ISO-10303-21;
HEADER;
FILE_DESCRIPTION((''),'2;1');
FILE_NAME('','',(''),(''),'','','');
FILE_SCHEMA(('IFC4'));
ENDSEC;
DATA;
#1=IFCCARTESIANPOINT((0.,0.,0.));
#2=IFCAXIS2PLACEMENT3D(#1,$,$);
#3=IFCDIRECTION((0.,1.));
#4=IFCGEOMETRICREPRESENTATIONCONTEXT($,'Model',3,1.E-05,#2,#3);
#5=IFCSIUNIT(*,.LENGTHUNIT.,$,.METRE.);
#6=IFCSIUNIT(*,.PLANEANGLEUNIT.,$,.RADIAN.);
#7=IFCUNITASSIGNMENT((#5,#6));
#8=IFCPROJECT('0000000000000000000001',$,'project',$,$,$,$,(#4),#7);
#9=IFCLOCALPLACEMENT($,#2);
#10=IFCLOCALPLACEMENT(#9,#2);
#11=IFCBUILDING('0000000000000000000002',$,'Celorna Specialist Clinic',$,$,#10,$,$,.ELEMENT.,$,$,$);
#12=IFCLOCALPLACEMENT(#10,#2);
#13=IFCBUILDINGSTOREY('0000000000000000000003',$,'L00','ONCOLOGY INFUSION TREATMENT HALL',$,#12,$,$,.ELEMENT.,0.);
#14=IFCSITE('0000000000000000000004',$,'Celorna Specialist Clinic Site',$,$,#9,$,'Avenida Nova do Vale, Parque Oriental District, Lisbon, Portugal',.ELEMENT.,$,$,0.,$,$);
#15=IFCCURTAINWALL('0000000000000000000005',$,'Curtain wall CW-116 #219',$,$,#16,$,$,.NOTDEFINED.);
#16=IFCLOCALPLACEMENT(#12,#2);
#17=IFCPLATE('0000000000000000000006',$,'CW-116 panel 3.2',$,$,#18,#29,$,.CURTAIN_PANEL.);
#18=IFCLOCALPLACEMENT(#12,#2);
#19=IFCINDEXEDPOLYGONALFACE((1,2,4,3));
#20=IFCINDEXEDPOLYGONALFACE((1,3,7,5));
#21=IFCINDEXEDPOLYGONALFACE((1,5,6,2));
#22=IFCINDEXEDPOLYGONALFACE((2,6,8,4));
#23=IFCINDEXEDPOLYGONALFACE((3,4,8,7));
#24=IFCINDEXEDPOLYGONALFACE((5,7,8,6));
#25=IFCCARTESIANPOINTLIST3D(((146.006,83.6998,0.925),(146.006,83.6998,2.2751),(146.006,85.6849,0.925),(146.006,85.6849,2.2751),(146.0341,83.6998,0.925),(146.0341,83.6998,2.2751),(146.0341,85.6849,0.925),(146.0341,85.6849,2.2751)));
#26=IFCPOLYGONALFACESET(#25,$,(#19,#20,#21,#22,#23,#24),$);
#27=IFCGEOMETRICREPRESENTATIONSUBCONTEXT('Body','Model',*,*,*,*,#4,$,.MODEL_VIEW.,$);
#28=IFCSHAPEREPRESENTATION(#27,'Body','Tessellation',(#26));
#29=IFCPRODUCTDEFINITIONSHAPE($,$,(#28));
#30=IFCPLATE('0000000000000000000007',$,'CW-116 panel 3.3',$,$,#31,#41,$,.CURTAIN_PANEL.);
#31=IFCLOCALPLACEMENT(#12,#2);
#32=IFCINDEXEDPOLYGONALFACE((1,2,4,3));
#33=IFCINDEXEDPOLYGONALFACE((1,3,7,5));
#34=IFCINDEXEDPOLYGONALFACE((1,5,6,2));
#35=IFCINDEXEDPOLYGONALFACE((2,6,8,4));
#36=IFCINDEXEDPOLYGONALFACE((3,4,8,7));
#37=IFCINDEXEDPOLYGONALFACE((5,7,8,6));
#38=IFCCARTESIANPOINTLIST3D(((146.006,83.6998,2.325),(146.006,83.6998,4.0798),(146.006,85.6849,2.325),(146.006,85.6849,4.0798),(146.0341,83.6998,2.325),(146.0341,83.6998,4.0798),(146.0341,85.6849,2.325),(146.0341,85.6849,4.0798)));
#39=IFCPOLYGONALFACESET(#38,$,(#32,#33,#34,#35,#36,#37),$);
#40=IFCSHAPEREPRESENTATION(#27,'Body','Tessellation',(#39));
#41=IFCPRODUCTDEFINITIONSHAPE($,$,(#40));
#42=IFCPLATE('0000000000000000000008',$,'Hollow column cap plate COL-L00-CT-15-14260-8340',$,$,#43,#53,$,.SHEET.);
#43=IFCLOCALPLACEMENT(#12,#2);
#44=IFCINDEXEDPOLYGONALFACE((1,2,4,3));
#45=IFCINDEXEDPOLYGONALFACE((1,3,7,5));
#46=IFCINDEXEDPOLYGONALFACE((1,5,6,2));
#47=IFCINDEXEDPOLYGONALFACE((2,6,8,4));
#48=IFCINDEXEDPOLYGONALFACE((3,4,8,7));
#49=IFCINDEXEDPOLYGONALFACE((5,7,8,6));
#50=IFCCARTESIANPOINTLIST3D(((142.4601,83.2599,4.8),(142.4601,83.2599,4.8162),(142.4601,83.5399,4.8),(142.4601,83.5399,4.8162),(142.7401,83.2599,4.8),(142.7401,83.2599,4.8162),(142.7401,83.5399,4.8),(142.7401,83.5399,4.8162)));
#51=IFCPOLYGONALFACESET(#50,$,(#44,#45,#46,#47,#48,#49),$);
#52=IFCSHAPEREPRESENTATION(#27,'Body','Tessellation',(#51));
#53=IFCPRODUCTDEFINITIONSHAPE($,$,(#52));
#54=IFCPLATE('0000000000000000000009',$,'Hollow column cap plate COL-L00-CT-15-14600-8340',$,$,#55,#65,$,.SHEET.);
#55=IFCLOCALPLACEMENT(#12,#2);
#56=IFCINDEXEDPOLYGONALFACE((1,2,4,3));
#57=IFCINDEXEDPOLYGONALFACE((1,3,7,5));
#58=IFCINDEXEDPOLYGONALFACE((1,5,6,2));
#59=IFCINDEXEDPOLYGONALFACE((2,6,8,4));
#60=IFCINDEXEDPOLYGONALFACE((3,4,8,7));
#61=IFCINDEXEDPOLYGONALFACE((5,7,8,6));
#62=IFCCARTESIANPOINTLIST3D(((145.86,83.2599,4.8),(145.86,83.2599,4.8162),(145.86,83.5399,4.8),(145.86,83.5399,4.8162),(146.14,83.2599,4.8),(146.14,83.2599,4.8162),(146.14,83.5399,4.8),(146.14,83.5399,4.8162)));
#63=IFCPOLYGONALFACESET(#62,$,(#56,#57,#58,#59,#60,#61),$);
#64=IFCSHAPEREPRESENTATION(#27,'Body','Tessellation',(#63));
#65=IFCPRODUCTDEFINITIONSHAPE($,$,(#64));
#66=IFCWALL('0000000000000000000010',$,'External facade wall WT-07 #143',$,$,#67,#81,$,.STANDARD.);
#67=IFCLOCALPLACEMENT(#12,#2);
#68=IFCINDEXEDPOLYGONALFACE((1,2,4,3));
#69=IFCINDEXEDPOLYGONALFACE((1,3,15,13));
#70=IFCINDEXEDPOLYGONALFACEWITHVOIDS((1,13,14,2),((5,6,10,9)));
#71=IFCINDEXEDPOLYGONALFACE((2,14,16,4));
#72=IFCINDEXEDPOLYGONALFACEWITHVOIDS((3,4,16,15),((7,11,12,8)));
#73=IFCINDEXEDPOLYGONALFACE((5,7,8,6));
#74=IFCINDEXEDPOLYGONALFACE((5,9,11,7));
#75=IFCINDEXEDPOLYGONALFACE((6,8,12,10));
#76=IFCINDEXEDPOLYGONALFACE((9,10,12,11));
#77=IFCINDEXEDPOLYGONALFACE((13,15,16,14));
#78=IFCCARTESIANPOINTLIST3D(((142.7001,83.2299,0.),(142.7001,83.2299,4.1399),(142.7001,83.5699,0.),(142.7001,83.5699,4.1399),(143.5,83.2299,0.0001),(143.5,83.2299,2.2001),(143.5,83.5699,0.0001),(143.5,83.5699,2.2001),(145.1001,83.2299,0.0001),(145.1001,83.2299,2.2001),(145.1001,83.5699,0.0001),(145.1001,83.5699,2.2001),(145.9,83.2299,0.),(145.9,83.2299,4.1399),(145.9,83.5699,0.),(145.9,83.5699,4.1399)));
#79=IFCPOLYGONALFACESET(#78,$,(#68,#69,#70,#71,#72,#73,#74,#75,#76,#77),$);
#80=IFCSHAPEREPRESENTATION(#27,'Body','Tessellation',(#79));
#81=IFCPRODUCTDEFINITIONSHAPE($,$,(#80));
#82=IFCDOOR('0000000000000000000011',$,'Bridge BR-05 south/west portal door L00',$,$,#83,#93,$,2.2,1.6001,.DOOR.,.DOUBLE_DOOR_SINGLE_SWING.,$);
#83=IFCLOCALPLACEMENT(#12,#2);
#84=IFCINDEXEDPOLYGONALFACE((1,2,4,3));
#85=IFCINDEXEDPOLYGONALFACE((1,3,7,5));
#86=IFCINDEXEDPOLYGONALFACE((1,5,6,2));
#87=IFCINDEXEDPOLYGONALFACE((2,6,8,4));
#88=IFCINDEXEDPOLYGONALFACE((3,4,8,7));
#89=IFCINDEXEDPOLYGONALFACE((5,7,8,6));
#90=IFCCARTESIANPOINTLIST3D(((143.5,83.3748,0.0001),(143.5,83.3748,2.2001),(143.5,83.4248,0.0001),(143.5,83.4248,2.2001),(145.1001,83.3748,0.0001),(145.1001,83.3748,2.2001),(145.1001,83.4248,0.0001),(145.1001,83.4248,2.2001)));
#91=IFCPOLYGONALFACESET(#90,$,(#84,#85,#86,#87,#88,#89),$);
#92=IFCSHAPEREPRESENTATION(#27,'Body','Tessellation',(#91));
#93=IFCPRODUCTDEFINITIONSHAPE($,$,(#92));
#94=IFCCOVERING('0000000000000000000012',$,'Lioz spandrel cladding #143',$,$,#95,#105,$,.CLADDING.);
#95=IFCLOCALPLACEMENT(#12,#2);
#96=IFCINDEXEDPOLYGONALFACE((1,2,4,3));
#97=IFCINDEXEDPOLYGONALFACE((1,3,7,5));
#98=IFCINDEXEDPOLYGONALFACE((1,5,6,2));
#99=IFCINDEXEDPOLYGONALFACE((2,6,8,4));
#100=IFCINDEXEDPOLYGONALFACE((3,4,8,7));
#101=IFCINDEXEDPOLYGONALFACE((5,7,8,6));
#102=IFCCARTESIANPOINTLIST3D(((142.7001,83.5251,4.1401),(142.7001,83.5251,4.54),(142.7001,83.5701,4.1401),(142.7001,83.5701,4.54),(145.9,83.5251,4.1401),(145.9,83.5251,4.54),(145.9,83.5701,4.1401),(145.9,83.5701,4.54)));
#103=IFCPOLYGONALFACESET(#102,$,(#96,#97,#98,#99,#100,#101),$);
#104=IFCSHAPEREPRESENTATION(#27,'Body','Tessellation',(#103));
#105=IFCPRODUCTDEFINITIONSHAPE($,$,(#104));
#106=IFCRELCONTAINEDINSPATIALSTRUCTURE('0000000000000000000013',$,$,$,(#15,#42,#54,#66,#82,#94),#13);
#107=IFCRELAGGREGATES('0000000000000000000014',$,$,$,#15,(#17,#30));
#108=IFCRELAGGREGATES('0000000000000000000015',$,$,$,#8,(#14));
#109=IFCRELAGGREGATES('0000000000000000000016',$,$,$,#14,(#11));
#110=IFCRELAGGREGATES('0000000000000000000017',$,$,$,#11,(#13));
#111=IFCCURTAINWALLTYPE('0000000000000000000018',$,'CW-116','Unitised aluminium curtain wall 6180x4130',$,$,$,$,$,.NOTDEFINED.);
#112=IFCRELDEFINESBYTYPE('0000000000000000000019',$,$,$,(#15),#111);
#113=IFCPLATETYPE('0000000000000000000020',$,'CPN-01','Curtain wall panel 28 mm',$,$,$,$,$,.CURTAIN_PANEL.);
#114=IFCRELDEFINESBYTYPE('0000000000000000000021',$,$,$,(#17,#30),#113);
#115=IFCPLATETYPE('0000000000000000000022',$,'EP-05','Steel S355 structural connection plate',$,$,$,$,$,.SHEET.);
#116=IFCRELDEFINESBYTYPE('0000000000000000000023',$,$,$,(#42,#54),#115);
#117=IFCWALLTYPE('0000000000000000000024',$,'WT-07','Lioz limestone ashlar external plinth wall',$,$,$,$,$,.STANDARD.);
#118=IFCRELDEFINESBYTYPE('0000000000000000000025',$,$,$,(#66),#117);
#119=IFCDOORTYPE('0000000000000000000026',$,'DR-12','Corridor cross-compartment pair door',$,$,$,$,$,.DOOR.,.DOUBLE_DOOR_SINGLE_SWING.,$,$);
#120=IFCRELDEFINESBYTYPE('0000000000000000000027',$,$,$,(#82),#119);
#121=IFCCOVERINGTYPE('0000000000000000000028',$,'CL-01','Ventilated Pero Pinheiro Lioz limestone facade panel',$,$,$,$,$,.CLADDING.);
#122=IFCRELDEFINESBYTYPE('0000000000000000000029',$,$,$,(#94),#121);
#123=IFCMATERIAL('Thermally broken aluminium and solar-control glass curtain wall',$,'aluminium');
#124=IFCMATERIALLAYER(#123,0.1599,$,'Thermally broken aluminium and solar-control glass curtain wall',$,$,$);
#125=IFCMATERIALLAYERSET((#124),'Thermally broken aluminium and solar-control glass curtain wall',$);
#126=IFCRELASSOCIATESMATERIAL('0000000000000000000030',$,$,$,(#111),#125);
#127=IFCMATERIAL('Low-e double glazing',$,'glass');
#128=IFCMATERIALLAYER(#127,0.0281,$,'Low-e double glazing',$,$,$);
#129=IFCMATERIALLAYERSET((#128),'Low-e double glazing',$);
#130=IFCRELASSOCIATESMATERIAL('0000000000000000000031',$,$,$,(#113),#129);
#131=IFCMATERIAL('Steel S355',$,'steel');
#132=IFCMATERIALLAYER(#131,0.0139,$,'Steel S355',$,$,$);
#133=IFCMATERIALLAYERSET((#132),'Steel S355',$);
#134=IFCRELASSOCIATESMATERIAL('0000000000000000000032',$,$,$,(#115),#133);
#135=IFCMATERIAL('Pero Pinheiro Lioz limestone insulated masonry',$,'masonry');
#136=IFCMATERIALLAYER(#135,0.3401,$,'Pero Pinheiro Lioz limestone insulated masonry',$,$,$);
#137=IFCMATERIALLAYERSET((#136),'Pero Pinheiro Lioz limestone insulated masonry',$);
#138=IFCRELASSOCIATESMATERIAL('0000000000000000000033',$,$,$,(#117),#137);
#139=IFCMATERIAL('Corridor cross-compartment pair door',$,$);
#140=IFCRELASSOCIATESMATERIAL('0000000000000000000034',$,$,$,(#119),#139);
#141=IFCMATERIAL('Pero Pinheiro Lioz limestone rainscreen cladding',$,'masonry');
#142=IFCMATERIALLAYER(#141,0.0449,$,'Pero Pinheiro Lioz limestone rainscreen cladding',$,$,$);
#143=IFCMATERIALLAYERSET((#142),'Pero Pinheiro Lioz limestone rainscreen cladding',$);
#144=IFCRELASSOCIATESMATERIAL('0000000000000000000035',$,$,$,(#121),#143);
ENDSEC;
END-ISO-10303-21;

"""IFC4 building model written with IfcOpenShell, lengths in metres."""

from ifc_helpers import new_model, si_unit, direction, frame, frame_2d, origin, origin_2d, place, context, subcontext, project, spatial, rectangle, extrude, material, layer, layer_set, type_object, element, fill, aggregate, save


model = new_model("IFC4")

# Units and contexts
model_context = context("Model", 3, precision=1e-05, world=origin(), true_north=direction((0.0, 1.0)))
body_context = subcontext(model_context, "Body", "Model", "MODEL_VIEW")
ifc_project = project(units=[si_unit("LENGTHUNIT", "METRE"), si_unit("PLANEANGLEUNIT", "RADIAN")], contexts=[model_context])

# Site, building, storey
site_placement = place(None, origin())
site = spatial("IfcSite", under=ifc_project, at=site_placement, Name="Celorna Specialist Clinic Site", LongName="Avenida Nova do Vale, Parque Oriental District, Lisbon, Portugal", CompositionType="ELEMENT", RefElevation=0.0)
building_placement = place(site_placement, origin())
building = spatial("IfcBuilding", under=site, at=building_placement, Name="Celorna Specialist Clinic", CompositionType="ELEMENT")
storey_placement = place(building_placement, origin())
storey = spatial("IfcBuildingStorey", under=building, at=storey_placement, Name="L00", Description="ONCOLOGY INFUSION TREATMENT HALL", CompositionType="ELEMENT", Elevation=0.0)

# Shared definitions
ifc_material_1 = material(Name="Steel S355", Category="steel")

# Shared definitions
ifc_material_2 = material(Name="Thermally broken aluminium and solar-control glass curtain wall", Category="aluminium")
ifc_layer_1 = layer(ifc_material_2, 0.1599, Name="Thermally broken aluminium and solar-control glass curtain wall")
ifc_layer_set_1 = layer_set([ifc_layer_1], Name="Thermally broken aluminium and solar-control glass curtain wall")
curtain_wall_type = type_object("IfcCurtainWallType", Name="CW-116", Description="Unitised aluminium curtain wall 6180x4130", PredefinedType="NOTDEFINED", material=ifc_layer_set_1)

# Curtain wall
curtain_wall_1_placement = place(storey_placement, origin())
curtain_wall_1 = element("IfcCurtainWall", 1, at=curtain_wall_1_placement, inside=storey, type_object=curtain_wall_type, Name="Curtain wall CW-116 #219", PredefinedType="NOTDEFINED")

# Plates
ifc_material_3 = material(Name="Low-e double glazing", Category="glass")
ifc_layer_2 = layer(ifc_material_3, 0.0281, Name="Low-e double glazing")
ifc_layer_set_2 = layer_set([ifc_layer_2], Name="Low-e double glazing")
plate_type_1 = type_object("IfcPlateType", Name="CPN-01", Description="Curtain wall panel 28 mm", PredefinedType="CURTAIN_PANEL", material=ifc_layer_set_2)
plate_1_placement = place(storey_placement, frame((146.02, 84.6924, 0.925), z_axis=(0.0, 0.0, 1.0), x_axis=(0.0, -1.0, 0.0)))
plate_1 = element("IfcPlate", 2, at=plate_1_placement, type_object=plate_type_1, Name="CW-116 panel 3.2", PredefinedType="CURTAIN_PANEL", context=body_context, shape_type="SweptSolid", body=[
    extrude(rectangle(XDim=1.9851, YDim=0.0281, at=origin_2d()), origin(), (0.0, 0.0, 1.0), 1.3501),
])
plate_2_placement = place(storey_placement, frame((146.02, 84.6924, 2.325), z_axis=(0.0, 0.0, 1.0), x_axis=(0.0, -1.0, 0.0)))
plate_2 = element("IfcPlate", 3, at=plate_2_placement, type_object=plate_type_1, Name="CW-116 panel 3.3", PredefinedType="CURTAIN_PANEL", context=body_context, shape_type="SweptSolid", body=[
    extrude(rectangle(XDim=1.9851, YDim=0.0281, at=origin_2d()), origin(), (0.0, 0.0, 1.0), 1.7549),
])
aggregate(curtain_wall_1, [plate_1, plate_2])

# Plates
ifc_layer_3 = layer(ifc_material_1, 0.0139, Name="Steel S355")
ifc_layer_set_3 = layer_set([ifc_layer_3], Name="Steel S355")
plate_type_2 = type_object("IfcPlateType", Name="EP-05", Description="Steel S355 structural connection plate", PredefinedType="SHEET", material=ifc_layer_set_3)
for number, where, z_axis, x_axis, name in (
    (4, (142.6001, 83.3999, 4.8), (0.0, 0.0, 1.0), (1.0, 0.0, 0.0), "Hollow column cap plate COL-L00-CT-15-14260-8340"),
    (5, (146.0, 83.3999, 4.8), (0.0, 0.0, 1.0), (1.0, 0.0, 0.0), "Hollow column cap plate COL-L00-CT-15-14600-8340"),
):
    element("IfcPlate", number, at=place(storey_placement, frame(where, z_axis=z_axis, x_axis=x_axis)), inside=storey, type_object=plate_type_2, Name=name, PredefinedType="SHEET", context=body_context, shape_type="SweptSolid", body=[
        extrude(rectangle(XDim=0.28, YDim=0.28, at=origin_2d()), origin(), (0.0, 0.0, 1.0), 0.0161),
    ])

# Wall, opening, door
ifc_material_4 = material(Name="Pero Pinheiro Lioz limestone insulated masonry", Category="masonry")
ifc_layer_4 = layer(ifc_material_4, 0.3401, Name="Pero Pinheiro Lioz limestone insulated masonry")
ifc_layer_set_4 = layer_set([ifc_layer_4], Name="Pero Pinheiro Lioz limestone insulated masonry")
wall_type = type_object("IfcWallType", Name="WT-07", Description="Lioz limestone ashlar external plinth wall", PredefinedType="STANDARD", material=ifc_layer_set_4)
wall_placement = place(storey_placement, frame((142.7, 83.3999, 0.0), z_axis=(0.0, 0.0, 1.0), x_axis=(1.0, 0.0, 0.0)))
wall = element("IfcWall", 6, at=wall_placement, inside=storey, type_object=wall_type, Name="External facade wall WT-07 #143", PredefinedType="STANDARD", context=body_context, shape_type="SweptSolid", body=[
    extrude(rectangle(XDim=3.2, YDim=0.3401, at=frame_2d((1.6001, 0.0))), origin(), (0.0, 0.0, 1.0), 4.1399),
])
opening_placement = place(wall_placement, frame((0.8, 0.0, 0.0)))
opening = element("IfcOpeningElement", 7, at=opening_placement, cuts=wall, PredefinedType="OPENING", context=body_context, shape_type="SweptSolid", body=[
    extrude(rectangle(XDim=1.6001, YDim=2.2, at=frame_2d((0.8, 1.1001))), frame((0.0, 0.1799, 0.0), z_axis=(0.0, -1.0, 0.0), x_axis=(1.0, 0.0, 0.0)), (0.0, 0.0, 1.0), 0.3601),
])
ifc_material_5 = material(Name="Corridor cross-compartment pair door")
door_type = type_object("IfcDoorType", Name="DR-12", Description="Corridor cross-compartment pair door", OperationType="DOUBLE_DOOR_SINGLE_SWING", PredefinedType="DOOR", material=ifc_material_5)
door_placement = place(opening_placement, origin())
door = element("IfcDoor", 8, at=door_placement, inside=storey, type_object=door_type, Name="Bridge BR-05 south/west portal door L00", OperationType="DOUBLE_DOOR_SINGLE_SWING", OverallHeight=2.2, OverallWidth=1.6001, PredefinedType="DOOR", context=body_context, shape_type="SweptSolid", body=[
    extrude(rectangle(XDim=1.6001, YDim=2.2, at=frame_2d((0.8, 1.1001))), frame((0.0, 0.0249, 0.0), z_axis=(0.0, -1.0, 0.0), x_axis=(1.0, 0.0, 0.0)), (0.0, 0.0, 1.0), 0.05),
])
fill(opening, door)

# Covering
ifc_material_6 = material(Name="Pero Pinheiro Lioz limestone rainscreen cladding", Category="masonry")
ifc_layer_5 = layer(ifc_material_6, 0.0449, Name="Pero Pinheiro Lioz limestone rainscreen cladding")
ifc_layer_set_5 = layer_set([ifc_layer_5], Name="Pero Pinheiro Lioz limestone rainscreen cladding")
covering_type = type_object("IfcCoveringType", Name="CL-01", Description="Ventilated Pero Pinheiro Lioz limestone facade panel", PredefinedType="CLADDING", material=ifc_layer_set_5)
covering_placement = place(storey_placement, frame((144.3, 83.5476, 4.1401), z_axis=(0.0, 0.0, 1.0), x_axis=(1.0, 0.0, 0.0)))
element("IfcCovering", 9, at=covering_placement, inside=storey, type_object=covering_type, Name="Lioz spandrel cladding #143", PredefinedType="CLADDING", context=body_context, shape_type="SweptSolid", body=[
    extrude(rectangle(XDim=3.2, YDim=0.0449, at=origin_2d()), origin(), (0.0, 0.0, 1.0), 0.3999),
])

save(model, "model.ifc")
